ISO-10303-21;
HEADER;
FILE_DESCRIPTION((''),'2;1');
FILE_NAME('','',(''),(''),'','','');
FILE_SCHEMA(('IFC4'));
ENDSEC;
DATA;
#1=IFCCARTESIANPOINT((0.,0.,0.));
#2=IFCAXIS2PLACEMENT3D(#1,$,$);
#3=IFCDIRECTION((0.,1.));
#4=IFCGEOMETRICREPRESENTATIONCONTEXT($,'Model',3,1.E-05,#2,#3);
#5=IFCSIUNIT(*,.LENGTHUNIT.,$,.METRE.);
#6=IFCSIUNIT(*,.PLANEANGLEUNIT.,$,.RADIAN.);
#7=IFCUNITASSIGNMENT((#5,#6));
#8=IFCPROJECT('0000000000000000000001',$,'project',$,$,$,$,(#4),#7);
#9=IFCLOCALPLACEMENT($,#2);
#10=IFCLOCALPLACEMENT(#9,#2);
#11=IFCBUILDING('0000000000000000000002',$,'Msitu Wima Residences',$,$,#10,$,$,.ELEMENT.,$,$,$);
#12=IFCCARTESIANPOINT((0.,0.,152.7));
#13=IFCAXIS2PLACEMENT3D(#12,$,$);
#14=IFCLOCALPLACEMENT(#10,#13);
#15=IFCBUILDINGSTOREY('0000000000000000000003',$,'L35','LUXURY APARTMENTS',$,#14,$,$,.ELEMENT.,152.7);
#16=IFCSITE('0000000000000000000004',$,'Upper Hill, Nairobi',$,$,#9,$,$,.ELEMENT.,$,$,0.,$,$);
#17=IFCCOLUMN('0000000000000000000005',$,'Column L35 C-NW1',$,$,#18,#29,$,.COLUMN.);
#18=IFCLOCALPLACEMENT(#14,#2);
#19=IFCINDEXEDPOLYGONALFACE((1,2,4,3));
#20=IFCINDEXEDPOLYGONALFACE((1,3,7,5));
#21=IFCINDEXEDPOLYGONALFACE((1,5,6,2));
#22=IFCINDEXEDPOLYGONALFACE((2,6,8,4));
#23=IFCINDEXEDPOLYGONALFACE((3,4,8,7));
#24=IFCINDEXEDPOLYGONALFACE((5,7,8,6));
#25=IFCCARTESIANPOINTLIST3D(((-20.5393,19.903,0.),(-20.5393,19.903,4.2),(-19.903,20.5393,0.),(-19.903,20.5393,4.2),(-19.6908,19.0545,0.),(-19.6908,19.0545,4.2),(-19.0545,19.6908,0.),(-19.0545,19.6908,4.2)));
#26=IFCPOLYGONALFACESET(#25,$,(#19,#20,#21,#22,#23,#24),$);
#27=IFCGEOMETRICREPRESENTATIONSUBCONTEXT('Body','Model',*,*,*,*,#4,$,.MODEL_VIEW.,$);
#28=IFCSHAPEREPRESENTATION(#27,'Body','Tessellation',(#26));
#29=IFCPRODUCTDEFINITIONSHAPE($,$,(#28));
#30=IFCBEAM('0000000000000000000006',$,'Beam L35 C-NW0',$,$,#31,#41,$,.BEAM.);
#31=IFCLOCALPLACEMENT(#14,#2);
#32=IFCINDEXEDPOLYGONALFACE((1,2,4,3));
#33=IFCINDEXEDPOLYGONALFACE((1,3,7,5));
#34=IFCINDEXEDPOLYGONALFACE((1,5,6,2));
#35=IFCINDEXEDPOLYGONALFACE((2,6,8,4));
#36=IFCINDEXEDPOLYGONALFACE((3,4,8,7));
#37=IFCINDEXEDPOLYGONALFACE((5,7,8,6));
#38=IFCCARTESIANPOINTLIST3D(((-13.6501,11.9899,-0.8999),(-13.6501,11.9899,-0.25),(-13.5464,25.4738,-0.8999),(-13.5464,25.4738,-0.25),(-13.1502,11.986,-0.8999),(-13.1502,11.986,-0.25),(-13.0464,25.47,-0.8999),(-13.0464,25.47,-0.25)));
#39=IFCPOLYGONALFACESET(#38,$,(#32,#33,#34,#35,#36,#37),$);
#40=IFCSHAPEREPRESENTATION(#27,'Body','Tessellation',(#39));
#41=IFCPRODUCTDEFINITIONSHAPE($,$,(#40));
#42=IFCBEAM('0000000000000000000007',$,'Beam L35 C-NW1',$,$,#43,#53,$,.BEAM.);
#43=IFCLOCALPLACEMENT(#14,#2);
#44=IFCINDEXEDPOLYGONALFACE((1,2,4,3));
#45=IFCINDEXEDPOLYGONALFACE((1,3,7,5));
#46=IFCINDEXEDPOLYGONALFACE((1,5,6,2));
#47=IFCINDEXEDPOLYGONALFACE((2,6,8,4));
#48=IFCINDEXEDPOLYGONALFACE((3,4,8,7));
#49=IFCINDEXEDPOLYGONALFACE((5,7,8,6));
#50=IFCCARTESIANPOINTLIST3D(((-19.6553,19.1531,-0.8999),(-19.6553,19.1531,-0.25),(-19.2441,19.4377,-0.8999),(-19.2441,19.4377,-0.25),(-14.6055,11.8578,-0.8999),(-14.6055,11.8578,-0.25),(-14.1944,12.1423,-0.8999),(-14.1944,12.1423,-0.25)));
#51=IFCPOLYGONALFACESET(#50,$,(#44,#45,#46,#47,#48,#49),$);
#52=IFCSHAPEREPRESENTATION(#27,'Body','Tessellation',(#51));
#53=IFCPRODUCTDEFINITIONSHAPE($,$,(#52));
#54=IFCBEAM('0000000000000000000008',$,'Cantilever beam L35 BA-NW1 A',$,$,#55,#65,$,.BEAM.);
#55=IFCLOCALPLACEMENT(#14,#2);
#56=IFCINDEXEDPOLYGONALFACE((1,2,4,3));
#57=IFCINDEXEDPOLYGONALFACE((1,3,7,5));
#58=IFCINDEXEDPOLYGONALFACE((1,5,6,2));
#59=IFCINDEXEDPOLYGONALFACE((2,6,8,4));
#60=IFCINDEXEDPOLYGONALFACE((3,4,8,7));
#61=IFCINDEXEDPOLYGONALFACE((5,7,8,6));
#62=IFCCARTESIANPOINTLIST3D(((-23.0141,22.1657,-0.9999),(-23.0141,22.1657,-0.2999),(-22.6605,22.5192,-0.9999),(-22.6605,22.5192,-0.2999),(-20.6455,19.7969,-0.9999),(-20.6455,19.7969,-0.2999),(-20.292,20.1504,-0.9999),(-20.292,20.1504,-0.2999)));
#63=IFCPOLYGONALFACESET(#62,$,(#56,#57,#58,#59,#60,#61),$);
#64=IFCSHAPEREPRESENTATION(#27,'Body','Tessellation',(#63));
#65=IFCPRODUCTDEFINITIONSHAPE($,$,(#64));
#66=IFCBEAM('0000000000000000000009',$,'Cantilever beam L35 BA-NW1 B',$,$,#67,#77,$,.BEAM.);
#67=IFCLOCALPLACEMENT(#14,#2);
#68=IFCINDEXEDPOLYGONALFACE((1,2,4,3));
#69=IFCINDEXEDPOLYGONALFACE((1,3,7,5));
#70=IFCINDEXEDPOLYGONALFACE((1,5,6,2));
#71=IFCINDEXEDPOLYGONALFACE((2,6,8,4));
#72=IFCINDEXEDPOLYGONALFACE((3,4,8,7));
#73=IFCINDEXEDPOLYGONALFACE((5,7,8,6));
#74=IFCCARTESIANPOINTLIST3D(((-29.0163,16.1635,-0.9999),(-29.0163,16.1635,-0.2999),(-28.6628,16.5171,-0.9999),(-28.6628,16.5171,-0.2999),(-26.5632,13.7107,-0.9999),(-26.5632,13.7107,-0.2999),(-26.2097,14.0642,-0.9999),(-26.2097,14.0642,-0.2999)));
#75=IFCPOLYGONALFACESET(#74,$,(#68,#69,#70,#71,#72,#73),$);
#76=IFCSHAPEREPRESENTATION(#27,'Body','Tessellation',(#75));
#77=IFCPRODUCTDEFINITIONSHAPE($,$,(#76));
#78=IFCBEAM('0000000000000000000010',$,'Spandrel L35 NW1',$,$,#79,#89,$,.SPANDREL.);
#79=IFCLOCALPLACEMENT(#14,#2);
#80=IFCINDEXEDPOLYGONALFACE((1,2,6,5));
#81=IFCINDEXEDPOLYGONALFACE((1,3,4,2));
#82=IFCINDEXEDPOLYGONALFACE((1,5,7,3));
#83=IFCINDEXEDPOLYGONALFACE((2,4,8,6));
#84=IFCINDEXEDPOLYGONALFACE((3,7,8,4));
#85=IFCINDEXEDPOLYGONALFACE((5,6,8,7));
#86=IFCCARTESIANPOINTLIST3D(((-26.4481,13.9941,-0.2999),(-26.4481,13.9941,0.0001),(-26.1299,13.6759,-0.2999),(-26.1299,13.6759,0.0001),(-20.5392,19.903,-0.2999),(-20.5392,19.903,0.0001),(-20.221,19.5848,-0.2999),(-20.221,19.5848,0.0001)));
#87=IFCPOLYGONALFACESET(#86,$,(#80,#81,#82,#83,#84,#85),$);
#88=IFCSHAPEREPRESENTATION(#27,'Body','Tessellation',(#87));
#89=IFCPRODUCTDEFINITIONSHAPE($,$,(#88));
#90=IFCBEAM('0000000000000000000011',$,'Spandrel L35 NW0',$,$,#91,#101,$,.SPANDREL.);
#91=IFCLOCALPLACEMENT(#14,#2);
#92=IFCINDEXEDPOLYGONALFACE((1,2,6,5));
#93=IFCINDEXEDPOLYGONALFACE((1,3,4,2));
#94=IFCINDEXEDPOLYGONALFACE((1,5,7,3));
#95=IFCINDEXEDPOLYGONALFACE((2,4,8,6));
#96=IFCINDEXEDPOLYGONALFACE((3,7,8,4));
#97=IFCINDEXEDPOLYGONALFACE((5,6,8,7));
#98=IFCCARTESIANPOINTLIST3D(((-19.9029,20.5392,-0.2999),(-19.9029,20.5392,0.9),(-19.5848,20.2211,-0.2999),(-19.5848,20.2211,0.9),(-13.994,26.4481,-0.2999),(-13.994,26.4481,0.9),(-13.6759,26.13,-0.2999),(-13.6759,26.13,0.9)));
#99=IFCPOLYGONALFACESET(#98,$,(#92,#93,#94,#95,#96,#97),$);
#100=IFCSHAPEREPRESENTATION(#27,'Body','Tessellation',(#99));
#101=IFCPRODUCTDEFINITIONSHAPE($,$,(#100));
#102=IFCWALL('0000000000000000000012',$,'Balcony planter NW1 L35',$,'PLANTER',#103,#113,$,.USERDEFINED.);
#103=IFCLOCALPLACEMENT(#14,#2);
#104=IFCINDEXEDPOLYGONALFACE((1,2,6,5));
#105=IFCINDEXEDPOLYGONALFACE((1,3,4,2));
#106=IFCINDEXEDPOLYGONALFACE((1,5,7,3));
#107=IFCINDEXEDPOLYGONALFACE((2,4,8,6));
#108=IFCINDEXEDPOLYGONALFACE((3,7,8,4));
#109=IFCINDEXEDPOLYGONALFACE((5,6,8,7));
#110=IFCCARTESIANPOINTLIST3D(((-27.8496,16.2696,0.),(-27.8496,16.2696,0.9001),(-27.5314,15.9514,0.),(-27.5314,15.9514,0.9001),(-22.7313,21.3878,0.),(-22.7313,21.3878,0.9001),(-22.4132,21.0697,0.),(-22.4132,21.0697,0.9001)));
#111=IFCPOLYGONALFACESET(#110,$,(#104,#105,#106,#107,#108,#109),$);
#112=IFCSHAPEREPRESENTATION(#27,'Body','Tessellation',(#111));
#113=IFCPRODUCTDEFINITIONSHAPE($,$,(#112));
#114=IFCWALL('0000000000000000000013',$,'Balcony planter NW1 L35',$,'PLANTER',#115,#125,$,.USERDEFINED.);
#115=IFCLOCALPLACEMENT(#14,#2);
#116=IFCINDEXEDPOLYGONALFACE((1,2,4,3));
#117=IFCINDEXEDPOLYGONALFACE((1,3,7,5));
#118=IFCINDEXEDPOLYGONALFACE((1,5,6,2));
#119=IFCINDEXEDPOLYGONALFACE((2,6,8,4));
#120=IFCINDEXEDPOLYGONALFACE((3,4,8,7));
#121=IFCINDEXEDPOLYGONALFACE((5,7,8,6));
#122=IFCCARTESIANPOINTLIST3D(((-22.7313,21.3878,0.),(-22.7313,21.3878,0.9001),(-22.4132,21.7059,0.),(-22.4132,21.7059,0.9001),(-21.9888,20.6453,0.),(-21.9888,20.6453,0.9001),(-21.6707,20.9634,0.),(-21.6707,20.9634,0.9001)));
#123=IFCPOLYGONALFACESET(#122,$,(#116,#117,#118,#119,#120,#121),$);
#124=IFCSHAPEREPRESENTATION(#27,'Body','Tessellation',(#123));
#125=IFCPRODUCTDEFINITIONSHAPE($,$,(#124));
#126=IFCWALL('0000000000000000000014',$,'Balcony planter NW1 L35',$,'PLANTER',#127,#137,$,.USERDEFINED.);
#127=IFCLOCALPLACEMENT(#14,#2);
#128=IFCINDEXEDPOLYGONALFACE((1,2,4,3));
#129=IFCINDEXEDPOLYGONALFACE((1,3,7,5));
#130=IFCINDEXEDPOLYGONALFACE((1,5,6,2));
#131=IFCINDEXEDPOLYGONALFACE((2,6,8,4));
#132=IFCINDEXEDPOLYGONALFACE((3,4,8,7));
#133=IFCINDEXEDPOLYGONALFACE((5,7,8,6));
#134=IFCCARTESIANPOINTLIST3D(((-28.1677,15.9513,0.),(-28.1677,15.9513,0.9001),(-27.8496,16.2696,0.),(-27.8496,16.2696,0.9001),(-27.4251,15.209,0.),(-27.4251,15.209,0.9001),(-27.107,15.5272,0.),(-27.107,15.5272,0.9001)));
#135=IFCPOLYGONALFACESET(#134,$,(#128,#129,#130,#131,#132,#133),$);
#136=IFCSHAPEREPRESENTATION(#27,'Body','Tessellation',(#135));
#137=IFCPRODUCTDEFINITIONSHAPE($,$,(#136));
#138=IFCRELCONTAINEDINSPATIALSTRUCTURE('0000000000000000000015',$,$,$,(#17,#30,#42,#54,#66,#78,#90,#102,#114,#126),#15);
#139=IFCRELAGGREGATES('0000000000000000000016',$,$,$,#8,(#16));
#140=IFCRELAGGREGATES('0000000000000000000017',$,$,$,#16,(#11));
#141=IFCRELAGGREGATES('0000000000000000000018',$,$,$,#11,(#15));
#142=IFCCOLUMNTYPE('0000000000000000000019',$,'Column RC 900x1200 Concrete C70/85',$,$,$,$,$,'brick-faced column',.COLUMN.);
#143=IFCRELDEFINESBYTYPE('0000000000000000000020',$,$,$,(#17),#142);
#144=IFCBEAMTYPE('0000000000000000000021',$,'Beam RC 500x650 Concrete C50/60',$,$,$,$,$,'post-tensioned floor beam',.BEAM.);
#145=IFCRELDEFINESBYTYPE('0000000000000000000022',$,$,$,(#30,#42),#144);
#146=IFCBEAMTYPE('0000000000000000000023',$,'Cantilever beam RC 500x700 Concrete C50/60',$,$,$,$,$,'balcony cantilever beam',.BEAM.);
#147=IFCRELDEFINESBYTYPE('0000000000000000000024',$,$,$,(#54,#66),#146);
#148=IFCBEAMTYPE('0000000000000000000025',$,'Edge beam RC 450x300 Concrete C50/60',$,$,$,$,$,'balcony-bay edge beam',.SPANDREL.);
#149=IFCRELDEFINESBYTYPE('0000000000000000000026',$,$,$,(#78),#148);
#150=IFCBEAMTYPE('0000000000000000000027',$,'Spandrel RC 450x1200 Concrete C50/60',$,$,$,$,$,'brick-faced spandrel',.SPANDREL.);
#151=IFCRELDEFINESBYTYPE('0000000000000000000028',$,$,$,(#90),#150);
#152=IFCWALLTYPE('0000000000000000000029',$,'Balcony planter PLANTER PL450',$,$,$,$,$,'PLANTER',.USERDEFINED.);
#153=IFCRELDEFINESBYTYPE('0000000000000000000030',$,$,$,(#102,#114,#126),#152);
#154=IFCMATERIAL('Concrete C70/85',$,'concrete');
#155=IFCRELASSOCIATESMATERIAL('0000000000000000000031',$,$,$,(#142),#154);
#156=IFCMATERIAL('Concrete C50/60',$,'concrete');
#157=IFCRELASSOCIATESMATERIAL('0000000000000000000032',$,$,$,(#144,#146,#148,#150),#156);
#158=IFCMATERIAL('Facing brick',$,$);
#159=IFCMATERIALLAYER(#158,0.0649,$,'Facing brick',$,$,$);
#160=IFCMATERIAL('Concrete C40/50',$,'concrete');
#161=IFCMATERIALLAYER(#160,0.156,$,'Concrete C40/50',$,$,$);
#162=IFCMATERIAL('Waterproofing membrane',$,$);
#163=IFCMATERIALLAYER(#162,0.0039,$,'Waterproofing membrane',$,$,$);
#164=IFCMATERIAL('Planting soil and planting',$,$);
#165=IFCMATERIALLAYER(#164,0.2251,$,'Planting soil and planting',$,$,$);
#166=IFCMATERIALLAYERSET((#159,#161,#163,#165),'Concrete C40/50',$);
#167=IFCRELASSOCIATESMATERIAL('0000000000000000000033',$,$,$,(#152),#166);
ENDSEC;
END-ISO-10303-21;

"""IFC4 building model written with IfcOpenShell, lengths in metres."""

from ifc_helpers import new_model, si_unit, direction, frame, frame_2d, origin, origin_2d, place, context, subcontext, project, spatial, rectangle, extrude, material, layer, layer_set, material_profile, profile_set, type_object, element, save


model = new_model("IFC4")

# Units and contexts
model_context = context("Model", 3, precision=1e-05, world=origin(), true_north=direction((0.0, 1.0)))
body_context = subcontext(model_context, "Body", "Model", "MODEL_VIEW")
ifc_project = project(units=[si_unit("LENGTHUNIT", "METRE"), si_unit("PLANEANGLEUNIT", "RADIAN")], contexts=[model_context])

# Site, building, storey
site_placement = place(None, origin())
site = spatial("IfcSite", under=ifc_project, at=site_placement, Name="Upper Hill, Nairobi", CompositionType="ELEMENT", RefElevation=0.0)
building_placement = place(site_placement, origin())
building = spatial("IfcBuilding", under=site, at=building_placement, Name="Msitu Wima Residences", CompositionType="ELEMENT")
storey_placement = place(building_placement, frame((0.0, 0.0, 152.7)))
storey = spatial("IfcBuildingStorey", under=building, at=storey_placement, Name="L35", Description="LUXURY APARTMENTS", CompositionType="ELEMENT", Elevation=152.7)

# Column
ifc_material_1 = material(Name="Concrete C70/85", Category="concrete")
ifc_material_profile_1 = material_profile(ifc_material_1, rectangle(XDim=0.8999, YDim=1.2, at=origin_2d()), Name="RC 900x1200")
ifc_profile_set_1 = profile_set([ifc_material_profile_1], Name="Concrete C70/85")
column_type = type_object("IfcColumnType", Name="Column RC 900x1200 Concrete C70/85", ElementType="brick-faced column", PredefinedType="COLUMN", material=ifc_profile_set_1)
column_placement = place(storey_placement, frame((-19.7969, 19.7969, 0.0), z_axis=(0.0, 0.0, 1.0), x_axis=(-0.707107, -0.707107, 0.0)))
element("IfcColumn", 1, at=column_placement, inside=storey, type_object=column_type, Name="Column L35 C-NW1", PredefinedType="COLUMN", context=body_context, shape_type="SweptSolid", body=[
    extrude(rectangle(XDim=0.8999, YDim=1.2, at=origin_2d()), origin(), (0.0, 0.0, 1.0), 4.2),
])

# Beams
ifc_material_2 = material(Name="Concrete C50/60", Category="concrete")
ifc_material_profile_2 = material_profile(ifc_material_2, rectangle(XDim=0.5, YDim=0.6499, at=origin_2d()), Name="RC 500x650")
ifc_profile_set_2 = profile_set([ifc_material_profile_2], Name="Concrete C50/60")
beam_type_1 = type_object("IfcBeamType", Name="Beam RC 500x650 Concrete C50/60", ElementType="post-tensioned floor beam", PredefinedType="BEAM", material=ifc_profile_set_2)
beam_1_placement = place(storey_placement, frame((-13.2964, 25.4719, -0.575), z_axis=(-0.007695, -0.99997, 0.0), x_axis=(0.99997, -0.007695, 0.0)))
element("IfcBeam", 2, at=beam_1_placement, inside=storey, type_object=beam_type_1, Name="Beam L35 C-NW0", PredefinedType="BEAM", context=body_context, shape_type="SweptSolid", body=[
    extrude(rectangle(XDim=0.5, YDim=0.6499, at=origin_2d()), origin(), (0.0, 0.0, 1.0), 13.4844),
])
beam_2_placement = place(storey_placement, frame((-19.4497, 19.2954, -0.575), z_axis=(0.569144, -0.822238, 0.0), x_axis=(0.822238, 0.569144, 0.0)))
element("IfcBeam", 3, at=beam_2_placement, inside=storey, type_object=beam_type_1, Name="Beam L35 C-NW1", PredefinedType="BEAM", context=body_context, shape_type="SweptSolid", body=[
    extrude(rectangle(XDim=0.5, YDim=0.6499, at=origin_2d()), origin(), (0.0, 0.0, 1.0), 8.8726),
])
ifc_material_profile_3 = material_profile(ifc_material_2, rectangle(XDim=0.5, YDim=0.7, at=origin_2d()), Name="RC 500x700")
ifc_profile_set_3 = profile_set([ifc_material_profile_3], Name="Concrete C50/60")
beam_type_2 = type_object("IfcBeamType", Name="Cantilever beam RC 500x700 Concrete C50/60", ElementType="balcony cantilever beam", PredefinedType="BEAM", material=ifc_profile_set_3)
beam_3_placement = place(storey_placement, frame((-20.4688, 19.9736, -0.6499), z_axis=(-0.70707, 0.707143, 0.0), x_axis=(-0.707143, -0.70707, 0.0)))
element("IfcBeam", 4, at=beam_3_placement, inside=storey, type_object=beam_type_2, Name="Cantilever beam L35 BA-NW1 A", PredefinedType="BEAM", context=body_context, shape_type="SweptSolid", body=[
    extrude(rectangle(XDim=0.5, YDim=0.7, at=origin_2d()), origin(), (0.0, 0.0, 1.0), 3.3499),
])
beam_4_placement = place(storey_placement, frame((-26.3865, 13.8875, -0.6499), z_axis=(-0.707142, 0.707072, 0.0), x_axis=(-0.707072, -0.707142, 0.0)))
element("IfcBeam", 5, at=beam_4_placement, inside=storey, type_object=beam_type_2, Name="Cantilever beam L35 BA-NW1 B", PredefinedType="BEAM", context=body_context, shape_type="SweptSolid", body=[
    extrude(rectangle(XDim=0.5, YDim=0.7, at=origin_2d()), origin(), (0.0, 0.0, 1.0), 3.469),
])
ifc_material_profile_4 = material_profile(ifc_material_2, rectangle(XDim=0.45, YDim=0.3, at=origin_2d()), Name="RC 450x300")
ifc_profile_set_4 = profile_set([ifc_material_profile_4], Name="Concrete C50/60")
beam_type_3 = type_object("IfcBeamType", Name="Edge beam RC 450x300 Concrete C50/60", ElementType="balcony-bay edge beam", PredefinedType="SPANDREL", material=ifc_profile_set_4)
beam_5_placement = place(storey_placement, frame((-20.3801, 19.7439, -0.1499), z_axis=(-0.707107, -0.707107, 0.0), x_axis=(0.707107, -0.707107, 0.0)))
element("IfcBeam", 6, at=beam_5_placement, inside=storey, type_object=beam_type_3, Name="Spandrel L35 NW1", PredefinedType="SPANDREL", context=body_context, shape_type="SweptSolid", body=[
    extrude(rectangle(XDim=0.45, YDim=0.3, at=origin_2d()), origin(), (0.0, 0.0, 1.0), 8.3564),
])
ifc_material_profile_5 = material_profile(ifc_material_2, rectangle(XDim=0.45, YDim=1.2, at=origin_2d()), Name="RC 450x1200")
ifc_profile_set_5 = profile_set([ifc_material_profile_5], Name="Concrete C50/60")
beam_type_4 = type_object("IfcBeamType", Name="Spandrel RC 450x1200 Concrete C50/60", ElementType="brick-faced spandrel", PredefinedType="SPANDREL", material=ifc_profile_set_5)
beam_6_placement = place(storey_placement, frame((-13.835, 26.2891, 0.3), z_axis=(-0.707107, -0.707107, 0.0), x_axis=(0.707107, -0.707107, 0.0)))
element("IfcBeam", 7, at=beam_6_placement, inside=storey, type_object=beam_type_4, Name="Spandrel L35 NW0", PredefinedType="SPANDREL", context=body_context, shape_type="SweptSolid", body=[
    extrude(rectangle(XDim=0.45, YDim=1.2, at=origin_2d()), origin(), (0.0, 0.0, 1.0), 8.3564),
])

# Walls
ifc_material_3 = material(Name="Facing brick")
ifc_layer_1 = layer(ifc_material_3, 0.0649, Name="Facing brick")
ifc_material_4 = material(Name="Concrete C40/50", Category="concrete")
ifc_layer_2 = layer(ifc_material_4, 0.156, Name="Concrete C40/50")
ifc_material_5 = material(Name="Waterproofing membrane")
ifc_layer_3 = layer(ifc_material_5, 0.0039, Name="Waterproofing membrane")
ifc_material_6 = material(Name="Planting soil and planting")
ifc_layer_4 = layer(ifc_material_6, 0.2251, Name="Planting soil and planting")
ifc_layer_set_1 = layer_set([ifc_layer_1, ifc_layer_2, ifc_layer_3, ifc_layer_4], Name="Concrete C40/50")
wall_type_1 = type_object("IfcWallType", Name="Balcony planter PLANTER PL450", ElementType="PLANTER", PredefinedType="USERDEFINED", material=ifc_layer_set_1)
wall_1_placement = place(storey_placement, frame((-22.5723, 21.2288, 0.0), z_axis=(0.0, 0.0, 1.0), x_axis=(-0.707107, -0.707107, 0.0)))
element("IfcWall", 8, at=wall_1_placement, inside=storey, type_object=wall_type_1, Name="Balcony planter NW1 L35", ObjectType="PLANTER", PredefinedType="USERDEFINED", context=body_context, shape_type="SweptSolid", body=[
    extrude(rectangle(XDim=7.2383, YDim=0.45, at=frame_2d((3.6191, 0.0))), origin(), (0.0, 0.0, 1.0), 0.9001),
])
for number, where, z_axis, x_axis, name in (
    (9, (-21.8298, 20.8044, 0.0), (0.0, 0.0, 1.0), (-0.707107, 0.707107, 0.0), "Balcony planter NW1 L35"),
    (10, (-27.2661, 15.3682, 0.0), (0.0, 0.0, 1.0), (-0.707223, 0.706991, 0.0), "Balcony planter NW1 L35"),
):
    element("IfcWall", number, at=place(storey_placement, frame(where, z_axis=z_axis, x_axis=x_axis)), inside=storey, type_object=wall_type_1, Name=name, ObjectType="PLANTER", PredefinedType="USERDEFINED", context=body_context, shape_type="SweptSolid", body=[
        extrude(rectangle(XDim=1.05, YDim=0.45, at=frame_2d((0.5249, 0.0))), origin(), (0.0, 0.0, 1.0), 0.9001),
    ])

save(model, "model.ifc")
